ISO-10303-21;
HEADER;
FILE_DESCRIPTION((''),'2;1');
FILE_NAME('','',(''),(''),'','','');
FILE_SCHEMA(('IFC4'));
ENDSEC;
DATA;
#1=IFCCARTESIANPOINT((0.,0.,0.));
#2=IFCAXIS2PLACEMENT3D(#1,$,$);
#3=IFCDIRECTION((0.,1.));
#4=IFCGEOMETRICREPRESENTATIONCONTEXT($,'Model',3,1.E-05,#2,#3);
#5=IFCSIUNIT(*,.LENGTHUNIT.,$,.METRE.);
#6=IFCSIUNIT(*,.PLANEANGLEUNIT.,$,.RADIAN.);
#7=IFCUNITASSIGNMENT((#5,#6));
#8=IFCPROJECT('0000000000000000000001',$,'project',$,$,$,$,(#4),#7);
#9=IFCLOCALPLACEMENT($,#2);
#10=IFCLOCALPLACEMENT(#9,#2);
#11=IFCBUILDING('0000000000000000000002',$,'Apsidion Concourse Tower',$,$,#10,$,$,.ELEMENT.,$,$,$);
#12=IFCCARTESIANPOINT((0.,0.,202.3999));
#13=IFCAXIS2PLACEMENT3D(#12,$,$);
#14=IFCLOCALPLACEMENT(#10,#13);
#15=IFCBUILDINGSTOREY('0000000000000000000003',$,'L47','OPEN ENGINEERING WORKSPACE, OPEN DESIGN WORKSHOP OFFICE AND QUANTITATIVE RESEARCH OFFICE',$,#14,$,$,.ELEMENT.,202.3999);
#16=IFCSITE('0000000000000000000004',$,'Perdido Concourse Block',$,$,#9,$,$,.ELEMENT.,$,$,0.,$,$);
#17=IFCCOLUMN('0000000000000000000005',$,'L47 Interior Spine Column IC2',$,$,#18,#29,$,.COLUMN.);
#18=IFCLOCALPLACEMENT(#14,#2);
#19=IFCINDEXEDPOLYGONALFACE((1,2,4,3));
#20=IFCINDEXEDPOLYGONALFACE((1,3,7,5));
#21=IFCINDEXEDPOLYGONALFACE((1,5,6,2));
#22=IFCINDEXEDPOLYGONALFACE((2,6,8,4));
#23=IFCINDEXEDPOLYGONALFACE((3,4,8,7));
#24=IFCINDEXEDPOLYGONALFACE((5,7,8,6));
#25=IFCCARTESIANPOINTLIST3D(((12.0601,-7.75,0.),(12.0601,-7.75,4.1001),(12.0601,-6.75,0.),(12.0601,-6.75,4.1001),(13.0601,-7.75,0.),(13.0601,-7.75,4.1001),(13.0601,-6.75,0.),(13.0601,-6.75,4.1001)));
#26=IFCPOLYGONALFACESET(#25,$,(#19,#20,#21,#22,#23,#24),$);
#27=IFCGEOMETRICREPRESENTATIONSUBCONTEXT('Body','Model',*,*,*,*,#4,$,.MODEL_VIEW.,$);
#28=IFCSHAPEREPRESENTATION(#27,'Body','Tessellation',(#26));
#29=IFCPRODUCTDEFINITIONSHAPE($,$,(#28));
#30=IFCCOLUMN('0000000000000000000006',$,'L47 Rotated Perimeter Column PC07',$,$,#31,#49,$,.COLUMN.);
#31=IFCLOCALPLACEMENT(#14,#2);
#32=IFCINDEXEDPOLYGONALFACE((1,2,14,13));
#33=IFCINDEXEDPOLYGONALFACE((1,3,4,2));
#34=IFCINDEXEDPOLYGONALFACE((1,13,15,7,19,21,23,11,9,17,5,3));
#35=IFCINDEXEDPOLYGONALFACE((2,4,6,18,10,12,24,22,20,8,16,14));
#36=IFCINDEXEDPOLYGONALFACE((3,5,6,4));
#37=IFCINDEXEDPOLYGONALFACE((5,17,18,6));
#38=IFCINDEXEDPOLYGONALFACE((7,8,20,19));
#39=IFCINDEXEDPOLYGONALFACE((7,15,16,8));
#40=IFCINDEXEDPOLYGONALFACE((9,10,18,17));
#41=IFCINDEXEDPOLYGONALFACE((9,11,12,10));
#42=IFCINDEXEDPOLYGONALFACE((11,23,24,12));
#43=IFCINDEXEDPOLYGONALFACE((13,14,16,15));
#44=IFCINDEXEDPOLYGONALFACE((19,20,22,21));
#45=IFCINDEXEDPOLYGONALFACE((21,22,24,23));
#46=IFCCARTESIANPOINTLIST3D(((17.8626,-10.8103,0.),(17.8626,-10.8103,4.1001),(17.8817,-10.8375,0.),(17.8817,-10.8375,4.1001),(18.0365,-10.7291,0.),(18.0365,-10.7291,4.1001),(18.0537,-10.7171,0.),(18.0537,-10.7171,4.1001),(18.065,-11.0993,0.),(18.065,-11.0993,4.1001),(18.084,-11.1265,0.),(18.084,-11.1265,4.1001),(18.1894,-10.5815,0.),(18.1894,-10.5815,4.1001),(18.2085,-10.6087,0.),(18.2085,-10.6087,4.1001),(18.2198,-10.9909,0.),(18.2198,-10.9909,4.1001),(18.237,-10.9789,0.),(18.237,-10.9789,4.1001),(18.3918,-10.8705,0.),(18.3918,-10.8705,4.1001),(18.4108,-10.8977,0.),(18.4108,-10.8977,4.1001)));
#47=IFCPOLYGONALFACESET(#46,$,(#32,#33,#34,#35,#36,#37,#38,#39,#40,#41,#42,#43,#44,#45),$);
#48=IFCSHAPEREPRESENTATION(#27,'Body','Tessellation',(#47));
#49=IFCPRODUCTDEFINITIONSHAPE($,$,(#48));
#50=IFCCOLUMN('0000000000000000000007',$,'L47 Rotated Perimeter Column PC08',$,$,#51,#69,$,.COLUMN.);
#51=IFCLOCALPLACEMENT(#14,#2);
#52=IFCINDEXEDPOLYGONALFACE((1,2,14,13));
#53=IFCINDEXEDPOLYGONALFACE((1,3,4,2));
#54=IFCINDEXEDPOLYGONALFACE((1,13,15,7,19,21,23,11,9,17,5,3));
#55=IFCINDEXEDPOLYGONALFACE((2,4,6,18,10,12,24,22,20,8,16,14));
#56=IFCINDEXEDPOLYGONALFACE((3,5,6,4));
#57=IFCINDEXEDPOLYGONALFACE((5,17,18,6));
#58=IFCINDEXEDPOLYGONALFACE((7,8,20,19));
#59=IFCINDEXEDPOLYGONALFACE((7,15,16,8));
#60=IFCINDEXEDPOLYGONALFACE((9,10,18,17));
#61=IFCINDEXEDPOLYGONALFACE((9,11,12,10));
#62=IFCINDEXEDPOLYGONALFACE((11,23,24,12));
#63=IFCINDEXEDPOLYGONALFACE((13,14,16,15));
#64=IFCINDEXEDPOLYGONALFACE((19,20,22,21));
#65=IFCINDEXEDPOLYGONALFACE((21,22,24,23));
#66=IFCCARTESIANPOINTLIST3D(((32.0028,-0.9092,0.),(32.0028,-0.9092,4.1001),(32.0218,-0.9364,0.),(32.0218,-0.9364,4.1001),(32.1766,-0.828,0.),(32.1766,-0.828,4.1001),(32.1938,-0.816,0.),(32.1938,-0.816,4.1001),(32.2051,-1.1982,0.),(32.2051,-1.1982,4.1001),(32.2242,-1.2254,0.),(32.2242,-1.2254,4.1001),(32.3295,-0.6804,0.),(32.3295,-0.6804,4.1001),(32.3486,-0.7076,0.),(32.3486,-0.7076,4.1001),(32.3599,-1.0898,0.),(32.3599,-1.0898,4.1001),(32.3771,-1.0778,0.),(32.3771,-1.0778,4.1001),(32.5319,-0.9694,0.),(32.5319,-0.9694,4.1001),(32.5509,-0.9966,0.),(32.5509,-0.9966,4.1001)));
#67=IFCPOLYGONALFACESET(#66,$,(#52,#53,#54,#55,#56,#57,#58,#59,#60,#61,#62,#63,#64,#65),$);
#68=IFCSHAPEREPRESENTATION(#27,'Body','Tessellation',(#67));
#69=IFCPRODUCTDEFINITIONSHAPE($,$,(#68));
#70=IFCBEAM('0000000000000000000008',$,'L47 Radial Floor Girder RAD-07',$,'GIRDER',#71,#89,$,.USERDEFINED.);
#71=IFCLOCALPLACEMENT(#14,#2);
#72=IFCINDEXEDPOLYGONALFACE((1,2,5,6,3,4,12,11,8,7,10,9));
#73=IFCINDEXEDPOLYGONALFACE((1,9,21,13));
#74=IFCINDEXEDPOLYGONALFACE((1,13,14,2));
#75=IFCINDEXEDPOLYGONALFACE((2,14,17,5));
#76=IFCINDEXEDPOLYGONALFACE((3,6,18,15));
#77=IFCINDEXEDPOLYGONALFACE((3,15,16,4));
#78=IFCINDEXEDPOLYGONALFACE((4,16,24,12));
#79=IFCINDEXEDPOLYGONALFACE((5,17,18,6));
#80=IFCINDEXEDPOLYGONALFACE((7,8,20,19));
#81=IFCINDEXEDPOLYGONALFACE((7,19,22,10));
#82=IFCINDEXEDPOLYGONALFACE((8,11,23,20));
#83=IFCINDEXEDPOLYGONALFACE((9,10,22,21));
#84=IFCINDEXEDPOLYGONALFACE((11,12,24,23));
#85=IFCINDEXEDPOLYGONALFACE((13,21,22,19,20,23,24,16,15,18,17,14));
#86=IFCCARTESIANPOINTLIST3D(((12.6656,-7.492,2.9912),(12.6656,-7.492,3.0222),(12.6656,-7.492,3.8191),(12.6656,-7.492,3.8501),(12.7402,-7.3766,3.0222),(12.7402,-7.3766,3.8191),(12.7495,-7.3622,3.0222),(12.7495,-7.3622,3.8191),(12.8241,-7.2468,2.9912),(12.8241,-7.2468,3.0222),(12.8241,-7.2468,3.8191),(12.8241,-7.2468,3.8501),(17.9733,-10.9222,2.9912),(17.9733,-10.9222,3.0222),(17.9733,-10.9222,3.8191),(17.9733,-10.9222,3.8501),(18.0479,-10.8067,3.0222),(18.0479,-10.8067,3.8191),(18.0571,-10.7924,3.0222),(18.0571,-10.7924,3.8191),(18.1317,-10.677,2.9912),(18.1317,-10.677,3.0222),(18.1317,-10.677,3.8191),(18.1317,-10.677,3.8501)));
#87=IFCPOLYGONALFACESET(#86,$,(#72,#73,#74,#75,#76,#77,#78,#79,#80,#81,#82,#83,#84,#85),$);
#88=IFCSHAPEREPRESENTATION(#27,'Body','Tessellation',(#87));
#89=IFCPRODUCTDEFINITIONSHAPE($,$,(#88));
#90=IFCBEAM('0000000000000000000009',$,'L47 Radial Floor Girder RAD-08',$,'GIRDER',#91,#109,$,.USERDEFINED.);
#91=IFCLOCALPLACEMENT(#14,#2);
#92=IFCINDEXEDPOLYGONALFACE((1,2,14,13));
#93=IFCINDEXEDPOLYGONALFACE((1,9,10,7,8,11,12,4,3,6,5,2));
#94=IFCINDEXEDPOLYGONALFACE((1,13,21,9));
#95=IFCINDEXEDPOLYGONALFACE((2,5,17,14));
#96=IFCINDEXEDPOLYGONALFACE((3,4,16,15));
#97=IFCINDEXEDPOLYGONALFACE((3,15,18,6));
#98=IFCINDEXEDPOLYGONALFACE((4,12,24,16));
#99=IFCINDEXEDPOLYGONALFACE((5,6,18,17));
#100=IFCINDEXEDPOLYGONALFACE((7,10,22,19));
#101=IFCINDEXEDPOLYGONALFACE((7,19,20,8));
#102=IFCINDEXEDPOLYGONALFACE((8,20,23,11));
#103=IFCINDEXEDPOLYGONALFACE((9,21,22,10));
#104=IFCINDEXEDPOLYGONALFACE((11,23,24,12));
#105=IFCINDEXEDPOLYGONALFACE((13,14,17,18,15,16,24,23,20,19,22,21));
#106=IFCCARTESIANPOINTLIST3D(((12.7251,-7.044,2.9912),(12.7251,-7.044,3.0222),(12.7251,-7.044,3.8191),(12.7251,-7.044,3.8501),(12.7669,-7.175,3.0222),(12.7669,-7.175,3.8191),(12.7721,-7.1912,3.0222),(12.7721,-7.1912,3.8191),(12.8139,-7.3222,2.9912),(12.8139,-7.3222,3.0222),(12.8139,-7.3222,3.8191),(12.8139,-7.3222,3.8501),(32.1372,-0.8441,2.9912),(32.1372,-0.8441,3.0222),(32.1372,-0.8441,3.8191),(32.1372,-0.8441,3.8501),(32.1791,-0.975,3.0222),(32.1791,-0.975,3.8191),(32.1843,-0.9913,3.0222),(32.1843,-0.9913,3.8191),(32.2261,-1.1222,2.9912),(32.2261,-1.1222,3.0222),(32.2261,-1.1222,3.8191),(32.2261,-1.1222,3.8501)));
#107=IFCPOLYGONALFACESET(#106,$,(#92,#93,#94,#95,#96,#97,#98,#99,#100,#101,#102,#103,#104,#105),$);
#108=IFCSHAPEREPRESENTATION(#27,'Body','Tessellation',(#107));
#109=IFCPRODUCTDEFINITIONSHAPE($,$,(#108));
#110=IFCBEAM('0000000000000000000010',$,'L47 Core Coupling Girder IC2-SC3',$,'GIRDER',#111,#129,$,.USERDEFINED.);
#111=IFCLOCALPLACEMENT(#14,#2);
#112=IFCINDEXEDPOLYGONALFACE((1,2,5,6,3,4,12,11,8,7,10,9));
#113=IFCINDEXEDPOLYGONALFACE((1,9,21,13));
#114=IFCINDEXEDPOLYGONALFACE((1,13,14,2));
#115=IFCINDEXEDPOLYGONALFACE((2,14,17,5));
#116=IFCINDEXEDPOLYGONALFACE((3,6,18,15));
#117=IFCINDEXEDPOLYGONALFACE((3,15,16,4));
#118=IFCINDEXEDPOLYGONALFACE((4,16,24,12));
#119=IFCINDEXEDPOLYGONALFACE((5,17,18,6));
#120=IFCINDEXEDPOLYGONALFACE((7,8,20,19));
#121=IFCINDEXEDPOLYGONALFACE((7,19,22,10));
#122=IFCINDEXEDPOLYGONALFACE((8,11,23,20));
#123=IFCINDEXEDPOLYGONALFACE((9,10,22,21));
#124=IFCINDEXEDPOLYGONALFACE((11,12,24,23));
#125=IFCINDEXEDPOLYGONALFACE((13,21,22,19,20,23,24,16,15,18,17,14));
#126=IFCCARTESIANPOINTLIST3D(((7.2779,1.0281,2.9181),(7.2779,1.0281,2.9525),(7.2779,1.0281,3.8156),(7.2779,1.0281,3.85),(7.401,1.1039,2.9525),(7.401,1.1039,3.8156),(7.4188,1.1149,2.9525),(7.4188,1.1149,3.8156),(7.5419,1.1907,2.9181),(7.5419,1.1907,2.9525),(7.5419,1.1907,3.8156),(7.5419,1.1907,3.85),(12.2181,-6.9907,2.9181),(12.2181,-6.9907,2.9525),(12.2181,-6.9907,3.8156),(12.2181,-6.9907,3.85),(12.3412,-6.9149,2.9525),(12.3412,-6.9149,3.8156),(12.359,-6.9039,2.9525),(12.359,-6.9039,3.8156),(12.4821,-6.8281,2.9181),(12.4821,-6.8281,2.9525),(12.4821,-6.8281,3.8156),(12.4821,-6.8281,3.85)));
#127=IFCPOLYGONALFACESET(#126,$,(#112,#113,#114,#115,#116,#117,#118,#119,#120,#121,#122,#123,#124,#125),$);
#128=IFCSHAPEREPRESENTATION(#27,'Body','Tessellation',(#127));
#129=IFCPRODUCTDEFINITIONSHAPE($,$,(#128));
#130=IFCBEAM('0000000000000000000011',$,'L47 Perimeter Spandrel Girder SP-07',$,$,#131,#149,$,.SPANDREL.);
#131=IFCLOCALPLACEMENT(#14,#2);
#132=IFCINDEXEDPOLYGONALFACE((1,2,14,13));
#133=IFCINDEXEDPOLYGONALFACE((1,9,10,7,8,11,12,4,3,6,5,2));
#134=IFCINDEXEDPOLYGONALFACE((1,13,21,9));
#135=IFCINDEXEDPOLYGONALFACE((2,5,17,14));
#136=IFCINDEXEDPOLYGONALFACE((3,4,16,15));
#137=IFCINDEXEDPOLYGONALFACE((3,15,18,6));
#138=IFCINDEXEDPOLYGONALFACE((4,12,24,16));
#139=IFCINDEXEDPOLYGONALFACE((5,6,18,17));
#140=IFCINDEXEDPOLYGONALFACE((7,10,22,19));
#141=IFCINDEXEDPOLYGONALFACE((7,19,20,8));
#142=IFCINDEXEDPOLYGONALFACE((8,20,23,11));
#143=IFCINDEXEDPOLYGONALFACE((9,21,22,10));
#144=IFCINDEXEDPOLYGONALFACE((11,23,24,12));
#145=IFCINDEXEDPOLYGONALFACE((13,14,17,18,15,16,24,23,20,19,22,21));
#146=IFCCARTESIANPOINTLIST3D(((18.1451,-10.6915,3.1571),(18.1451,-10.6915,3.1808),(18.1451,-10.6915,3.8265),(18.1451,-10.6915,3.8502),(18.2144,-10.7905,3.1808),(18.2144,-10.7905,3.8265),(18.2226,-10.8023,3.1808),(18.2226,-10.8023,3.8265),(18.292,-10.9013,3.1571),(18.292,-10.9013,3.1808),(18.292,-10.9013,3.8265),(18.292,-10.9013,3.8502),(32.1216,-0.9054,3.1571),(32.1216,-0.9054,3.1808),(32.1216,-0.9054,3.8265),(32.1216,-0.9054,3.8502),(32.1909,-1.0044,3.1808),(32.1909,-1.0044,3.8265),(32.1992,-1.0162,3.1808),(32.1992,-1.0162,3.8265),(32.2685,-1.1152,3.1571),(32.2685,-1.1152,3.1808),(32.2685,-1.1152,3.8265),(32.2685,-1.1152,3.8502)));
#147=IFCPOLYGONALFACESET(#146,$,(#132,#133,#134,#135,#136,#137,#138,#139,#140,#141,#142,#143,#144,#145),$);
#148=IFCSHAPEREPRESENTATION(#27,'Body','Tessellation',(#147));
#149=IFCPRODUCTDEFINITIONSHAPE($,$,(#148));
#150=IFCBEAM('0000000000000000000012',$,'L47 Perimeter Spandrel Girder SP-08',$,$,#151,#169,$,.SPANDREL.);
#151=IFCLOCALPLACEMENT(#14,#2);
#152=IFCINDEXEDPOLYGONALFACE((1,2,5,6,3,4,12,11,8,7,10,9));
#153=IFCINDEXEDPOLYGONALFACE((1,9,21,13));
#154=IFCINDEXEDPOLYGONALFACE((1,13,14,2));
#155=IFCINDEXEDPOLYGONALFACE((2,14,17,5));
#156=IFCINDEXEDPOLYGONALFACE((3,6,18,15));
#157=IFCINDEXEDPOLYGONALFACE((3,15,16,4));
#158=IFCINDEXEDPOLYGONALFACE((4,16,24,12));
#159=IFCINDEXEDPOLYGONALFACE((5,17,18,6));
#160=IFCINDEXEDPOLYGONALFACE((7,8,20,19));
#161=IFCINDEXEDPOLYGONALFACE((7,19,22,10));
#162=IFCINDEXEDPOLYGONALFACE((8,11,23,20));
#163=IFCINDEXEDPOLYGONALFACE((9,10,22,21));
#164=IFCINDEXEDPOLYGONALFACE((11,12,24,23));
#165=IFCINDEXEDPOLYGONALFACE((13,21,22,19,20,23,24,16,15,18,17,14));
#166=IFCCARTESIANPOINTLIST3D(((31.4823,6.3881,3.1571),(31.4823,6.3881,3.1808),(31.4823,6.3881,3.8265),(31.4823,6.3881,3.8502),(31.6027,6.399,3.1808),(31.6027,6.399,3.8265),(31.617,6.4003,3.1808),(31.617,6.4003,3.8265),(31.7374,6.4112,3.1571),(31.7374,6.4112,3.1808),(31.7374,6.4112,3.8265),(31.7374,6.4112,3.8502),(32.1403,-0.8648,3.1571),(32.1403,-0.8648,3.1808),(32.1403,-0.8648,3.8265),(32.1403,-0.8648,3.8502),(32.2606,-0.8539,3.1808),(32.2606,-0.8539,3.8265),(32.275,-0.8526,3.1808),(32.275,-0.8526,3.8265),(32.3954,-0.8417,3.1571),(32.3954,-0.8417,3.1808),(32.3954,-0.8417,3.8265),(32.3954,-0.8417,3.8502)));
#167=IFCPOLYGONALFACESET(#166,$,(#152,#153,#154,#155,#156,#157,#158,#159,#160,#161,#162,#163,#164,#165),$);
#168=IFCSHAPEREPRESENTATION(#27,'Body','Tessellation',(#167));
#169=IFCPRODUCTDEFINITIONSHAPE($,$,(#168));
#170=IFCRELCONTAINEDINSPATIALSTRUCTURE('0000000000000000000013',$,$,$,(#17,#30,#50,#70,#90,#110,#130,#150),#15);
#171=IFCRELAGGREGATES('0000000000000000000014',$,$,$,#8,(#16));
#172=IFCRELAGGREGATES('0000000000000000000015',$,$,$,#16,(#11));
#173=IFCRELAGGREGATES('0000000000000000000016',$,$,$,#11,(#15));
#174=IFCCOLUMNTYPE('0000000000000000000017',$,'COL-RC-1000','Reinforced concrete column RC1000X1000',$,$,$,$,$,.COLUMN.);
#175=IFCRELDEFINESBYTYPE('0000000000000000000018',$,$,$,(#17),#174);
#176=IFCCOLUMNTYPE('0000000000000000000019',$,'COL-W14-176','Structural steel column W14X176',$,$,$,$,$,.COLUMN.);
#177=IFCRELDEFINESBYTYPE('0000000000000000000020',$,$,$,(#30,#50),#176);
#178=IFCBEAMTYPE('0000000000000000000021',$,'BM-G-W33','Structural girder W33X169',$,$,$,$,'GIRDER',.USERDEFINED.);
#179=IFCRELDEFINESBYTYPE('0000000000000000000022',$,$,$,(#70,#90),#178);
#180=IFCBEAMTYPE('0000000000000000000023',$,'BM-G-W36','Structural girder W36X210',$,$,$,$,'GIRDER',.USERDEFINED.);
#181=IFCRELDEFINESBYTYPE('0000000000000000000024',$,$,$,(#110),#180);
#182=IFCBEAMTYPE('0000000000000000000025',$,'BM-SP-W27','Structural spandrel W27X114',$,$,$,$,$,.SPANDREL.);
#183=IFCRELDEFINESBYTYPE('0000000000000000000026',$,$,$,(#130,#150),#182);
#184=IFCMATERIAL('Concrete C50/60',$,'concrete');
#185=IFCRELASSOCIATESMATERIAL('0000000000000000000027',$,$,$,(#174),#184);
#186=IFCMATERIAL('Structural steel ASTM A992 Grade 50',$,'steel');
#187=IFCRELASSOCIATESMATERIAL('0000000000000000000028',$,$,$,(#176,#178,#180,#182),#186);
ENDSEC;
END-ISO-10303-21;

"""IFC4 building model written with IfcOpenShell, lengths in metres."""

from ifc_helpers import new_model, si_unit, direction, frame, origin, origin_2d, place, context, subcontext, project, spatial, rectangle, i_section, extrude, material, material_profile, profile_set, type_object, element, save


model = new_model("IFC4")

# Units and contexts
model_context = context("Model", 3, precision=1e-05, world=origin(), true_north=direction((0.0, 1.0)))
body_context = subcontext(model_context, "Body", "Model", "MODEL_VIEW")
ifc_project = project(units=[si_unit("LENGTHUNIT", "METRE"), si_unit("PLANEANGLEUNIT", "RADIAN")], contexts=[model_context])

# Site, building, storey
site_placement = place(None, origin())
site = spatial("IfcSite", under=ifc_project, at=site_placement, Name="Perdido Concourse Block", CompositionType="ELEMENT", RefElevation=0.0)
building_placement = place(site_placement, origin())
building = spatial("IfcBuilding", under=site, at=building_placement, Name="Apsidion Concourse Tower", CompositionType="ELEMENT")
storey_placement = place(building_placement, frame((0.0, 0.0, 202.3999)))
storey = spatial("IfcBuildingStorey", under=building, at=storey_placement, Name="L47", Description="OPEN ENGINEERING WORKSPACE, OPEN DESIGN WORKSHOP OFFICE AND QUANTITATIVE RESEARCH OFFICE", CompositionType="ELEMENT", Elevation=202.3999)

# Columns
ifc_material_1 = material(Name="Concrete C50/60", Category="concrete")
ifc_material_profile_1 = material_profile(ifc_material_1, rectangle(XDim=1.0, YDim=1.0, at=origin_2d()), Name="RC 1000x1000")
ifc_profile_set_1 = profile_set([ifc_material_profile_1], Name="Concrete C50/60")
column_type_1 = type_object("IfcColumnType", Name="COL-RC-1000", Description="Reinforced concrete column RC1000X1000", PredefinedType="COLUMN", material=ifc_profile_set_1)
column_placement = place(storey_placement, frame((12.5601, -7.25, 0.0), z_axis=(0.0, 0.0, 1.0), x_axis=(1.0, 0.0, 0.0)))
element("IfcColumn", 1, at=column_placement, inside=storey, type_object=column_type_1, Name="L47 Interior Spine Column IC2", PredefinedType="COLUMN", context=body_context, shape_type="SweptSolid", body=[
    extrude(rectangle(XDim=1.0, YDim=1.0, at=origin_2d()), origin(), (0.0, 0.0, 1.0), 4.1001),
])
ifc_material_2 = material(Name="Structural steel ASTM A992 Grade 50", Category="steel")
ifc_material_profile_2 = material_profile(ifc_material_2, i_section(OverallWidth=0.3989, OverallDepth=0.386, WebThickness=0.021, FlangeThickness=0.0332, at=origin_2d()), Name="W14X176")
ifc_profile_set_2 = profile_set([ifc_material_profile_2], Name="Structural steel ASTM A992 Grade 50")
column_type_2 = type_object("IfcColumnType", Name="COL-W14-176", Description="Structural steel column W14X176", PredefinedType="COLUMN", material=ifc_profile_set_2)
for number, where, z_axis, x_axis, name in (
    (2, (18.1367, -10.854, 0.0), (0.0, 0.0, 1.0), (0.819152, 0.573576, 0.0), "L47 Rotated Perimeter Column PC07"),
    (3, (32.2769, -0.9529, 0.0), (0.0, 0.0, 1.0), (0.819152, 0.573576, 0.0), "L47 Rotated Perimeter Column PC08"),
):
    element("IfcColumn", number, at=place(storey_placement, frame(where, z_axis=z_axis, x_axis=x_axis)), inside=storey, type_object=column_type_2, Name=name, PredefinedType="COLUMN", context=body_context, shape_type="SweptSolid", body=[
        extrude(i_section(OverallWidth=0.3989, OverallDepth=0.386, WebThickness=0.021, FlangeThickness=0.0332, at=origin_2d()), origin(), (0.0, 0.0, 1.0), 4.1001),
    ])

# Beams
ifc_material_profile_3 = material_profile(ifc_material_2, i_section(OverallWidth=0.292, OverallDepth=0.8589, WebThickness=0.0171, FlangeThickness=0.031, at=origin_2d()), Name="W33X169")
ifc_profile_set_3 = profile_set([ifc_material_profile_3], Name="Structural steel ASTM A992 Grade 50")
beam_type_1 = type_object("IfcBeamType", Name="BM-G-W33", Description="Structural girder W33X169", ElementType="GIRDER", PredefinedType="USERDEFINED", material=ifc_profile_set_3)
beam_1_placement = place(storey_placement, frame((12.7449, -7.3694, 3.4207), z_axis=(0.839871, -0.542787, 0.0), x_axis=(0.542787, 0.839871, 0.0)))
element("IfcBeam", 4, at=beam_1_placement, inside=storey, type_object=beam_type_1, Name="L47 Radial Floor Girder RAD-07", ObjectType="GIRDER", PredefinedType="USERDEFINED", context=body_context, shape_type="SweptSolid", body=[
    extrude(i_section(OverallWidth=0.292, OverallDepth=0.8589, WebThickness=0.0171, FlangeThickness=0.031, at=origin_2d()), origin(), (0.0, 0.0, 1.0), 6.3196),
])
beam_2_placement = place(storey_placement, frame((12.7695, -7.1831, 3.4207), z_axis=(0.952594, 0.304245, 0.0), x_axis=(-0.304245, 0.952594, 0.0)))
element("IfcBeam", 5, at=beam_2_placement, inside=storey, type_object=beam_type_1, Name="L47 Radial Floor Girder RAD-08", ObjectType="GIRDER", PredefinedType="USERDEFINED", context=body_context, shape_type="SweptSolid", body=[
    extrude(i_section(OverallWidth=0.292, OverallDepth=0.8589, WebThickness=0.0171, FlangeThickness=0.031, at=origin_2d()), origin(), (0.0, 0.0, 1.0), 20.3782),
])
ifc_material_profile_4 = material_profile(ifc_material_2, i_section(OverallWidth=0.3101, OverallDepth=0.9319, WebThickness=0.021, FlangeThickness=0.0344, at=origin_2d()), Name="W36X210")
ifc_profile_set_4 = profile_set([ifc_material_profile_4], Name="Structural steel ASTM A992 Grade 50")
beam_type_2 = type_object("IfcBeamType", Name="BM-G-W36", Description="Structural girder W36X210", ElementType="GIRDER", PredefinedType="USERDEFINED", material=ifc_profile_set_4)
beam_3_placement = place(storey_placement, frame((12.3501, -6.9094, 3.384), z_axis=(-0.524524, 0.851396, 0.0), x_axis=(-0.851396, -0.524524, 0.0)))
element("IfcBeam", 6, at=beam_3_placement, inside=storey, type_object=beam_type_2, Name="L47 Core Coupling Girder IC2-SC3", ObjectType="GIRDER", PredefinedType="USERDEFINED", context=body_context, shape_type="SweptSolid", body=[
    extrude(i_section(OverallWidth=0.3101, OverallDepth=0.9319, WebThickness=0.021, FlangeThickness=0.0344, at=origin_2d()), origin(), (0.0, 0.0, 1.0), 9.4185),
])
ifc_material_profile_5 = material_profile(ifc_material_2, i_section(OverallWidth=0.2561, OverallDepth=0.6931, WebThickness=0.0144, FlangeThickness=0.0237, at=origin_2d()), Name="W27X114")
ifc_profile_set_5 = profile_set([ifc_material_profile_5], Name="Structural steel ASTM A992 Grade 50")
beam_type_3 = type_object("IfcBeamType", Name="BM-SP-W27", Description="Structural spandrel W27X114", PredefinedType="SPANDREL", material=ifc_profile_set_5)
beam_4_placement = place(storey_placement, frame((18.2185, -10.7964, 3.5037), z_axis=(0.819162, 0.573562, 0.0), x_axis=(-0.573562, 0.819162, 0.0)))
element("IfcBeam", 7, at=beam_4_placement, inside=storey, type_object=beam_type_3, Name="L47 Perimeter Spandrel Girder SP-07", PredefinedType="SPANDREL", context=body_context, shape_type="SweptSolid", body=[
    extrude(i_section(OverallWidth=0.2561, OverallDepth=0.6931, WebThickness=0.0144, FlangeThickness=0.0237, at=origin_2d()), origin(), (0.0, 0.0, 1.0), 17.062),
])
beam_5_placement = place(storey_placement, frame((32.2678, -0.8533, 3.5037), z_axis=(-0.090345, 0.99591, 0.0), x_axis=(-0.99591, -0.090345, 0.0)))
element("IfcBeam", 8, at=beam_5_placement, inside=storey, type_object=beam_type_3, Name="L47 Perimeter Spandrel Girder SP-08", PredefinedType="SPANDREL", context=body_context, shape_type="SweptSolid", body=[
    extrude(i_section(OverallWidth=0.2561, OverallDepth=0.6931, WebThickness=0.0144, FlangeThickness=0.0237, at=origin_2d()), origin(), (0.0, 0.0, 1.0), 7.2827),
])

save(model, "model.ifc")
